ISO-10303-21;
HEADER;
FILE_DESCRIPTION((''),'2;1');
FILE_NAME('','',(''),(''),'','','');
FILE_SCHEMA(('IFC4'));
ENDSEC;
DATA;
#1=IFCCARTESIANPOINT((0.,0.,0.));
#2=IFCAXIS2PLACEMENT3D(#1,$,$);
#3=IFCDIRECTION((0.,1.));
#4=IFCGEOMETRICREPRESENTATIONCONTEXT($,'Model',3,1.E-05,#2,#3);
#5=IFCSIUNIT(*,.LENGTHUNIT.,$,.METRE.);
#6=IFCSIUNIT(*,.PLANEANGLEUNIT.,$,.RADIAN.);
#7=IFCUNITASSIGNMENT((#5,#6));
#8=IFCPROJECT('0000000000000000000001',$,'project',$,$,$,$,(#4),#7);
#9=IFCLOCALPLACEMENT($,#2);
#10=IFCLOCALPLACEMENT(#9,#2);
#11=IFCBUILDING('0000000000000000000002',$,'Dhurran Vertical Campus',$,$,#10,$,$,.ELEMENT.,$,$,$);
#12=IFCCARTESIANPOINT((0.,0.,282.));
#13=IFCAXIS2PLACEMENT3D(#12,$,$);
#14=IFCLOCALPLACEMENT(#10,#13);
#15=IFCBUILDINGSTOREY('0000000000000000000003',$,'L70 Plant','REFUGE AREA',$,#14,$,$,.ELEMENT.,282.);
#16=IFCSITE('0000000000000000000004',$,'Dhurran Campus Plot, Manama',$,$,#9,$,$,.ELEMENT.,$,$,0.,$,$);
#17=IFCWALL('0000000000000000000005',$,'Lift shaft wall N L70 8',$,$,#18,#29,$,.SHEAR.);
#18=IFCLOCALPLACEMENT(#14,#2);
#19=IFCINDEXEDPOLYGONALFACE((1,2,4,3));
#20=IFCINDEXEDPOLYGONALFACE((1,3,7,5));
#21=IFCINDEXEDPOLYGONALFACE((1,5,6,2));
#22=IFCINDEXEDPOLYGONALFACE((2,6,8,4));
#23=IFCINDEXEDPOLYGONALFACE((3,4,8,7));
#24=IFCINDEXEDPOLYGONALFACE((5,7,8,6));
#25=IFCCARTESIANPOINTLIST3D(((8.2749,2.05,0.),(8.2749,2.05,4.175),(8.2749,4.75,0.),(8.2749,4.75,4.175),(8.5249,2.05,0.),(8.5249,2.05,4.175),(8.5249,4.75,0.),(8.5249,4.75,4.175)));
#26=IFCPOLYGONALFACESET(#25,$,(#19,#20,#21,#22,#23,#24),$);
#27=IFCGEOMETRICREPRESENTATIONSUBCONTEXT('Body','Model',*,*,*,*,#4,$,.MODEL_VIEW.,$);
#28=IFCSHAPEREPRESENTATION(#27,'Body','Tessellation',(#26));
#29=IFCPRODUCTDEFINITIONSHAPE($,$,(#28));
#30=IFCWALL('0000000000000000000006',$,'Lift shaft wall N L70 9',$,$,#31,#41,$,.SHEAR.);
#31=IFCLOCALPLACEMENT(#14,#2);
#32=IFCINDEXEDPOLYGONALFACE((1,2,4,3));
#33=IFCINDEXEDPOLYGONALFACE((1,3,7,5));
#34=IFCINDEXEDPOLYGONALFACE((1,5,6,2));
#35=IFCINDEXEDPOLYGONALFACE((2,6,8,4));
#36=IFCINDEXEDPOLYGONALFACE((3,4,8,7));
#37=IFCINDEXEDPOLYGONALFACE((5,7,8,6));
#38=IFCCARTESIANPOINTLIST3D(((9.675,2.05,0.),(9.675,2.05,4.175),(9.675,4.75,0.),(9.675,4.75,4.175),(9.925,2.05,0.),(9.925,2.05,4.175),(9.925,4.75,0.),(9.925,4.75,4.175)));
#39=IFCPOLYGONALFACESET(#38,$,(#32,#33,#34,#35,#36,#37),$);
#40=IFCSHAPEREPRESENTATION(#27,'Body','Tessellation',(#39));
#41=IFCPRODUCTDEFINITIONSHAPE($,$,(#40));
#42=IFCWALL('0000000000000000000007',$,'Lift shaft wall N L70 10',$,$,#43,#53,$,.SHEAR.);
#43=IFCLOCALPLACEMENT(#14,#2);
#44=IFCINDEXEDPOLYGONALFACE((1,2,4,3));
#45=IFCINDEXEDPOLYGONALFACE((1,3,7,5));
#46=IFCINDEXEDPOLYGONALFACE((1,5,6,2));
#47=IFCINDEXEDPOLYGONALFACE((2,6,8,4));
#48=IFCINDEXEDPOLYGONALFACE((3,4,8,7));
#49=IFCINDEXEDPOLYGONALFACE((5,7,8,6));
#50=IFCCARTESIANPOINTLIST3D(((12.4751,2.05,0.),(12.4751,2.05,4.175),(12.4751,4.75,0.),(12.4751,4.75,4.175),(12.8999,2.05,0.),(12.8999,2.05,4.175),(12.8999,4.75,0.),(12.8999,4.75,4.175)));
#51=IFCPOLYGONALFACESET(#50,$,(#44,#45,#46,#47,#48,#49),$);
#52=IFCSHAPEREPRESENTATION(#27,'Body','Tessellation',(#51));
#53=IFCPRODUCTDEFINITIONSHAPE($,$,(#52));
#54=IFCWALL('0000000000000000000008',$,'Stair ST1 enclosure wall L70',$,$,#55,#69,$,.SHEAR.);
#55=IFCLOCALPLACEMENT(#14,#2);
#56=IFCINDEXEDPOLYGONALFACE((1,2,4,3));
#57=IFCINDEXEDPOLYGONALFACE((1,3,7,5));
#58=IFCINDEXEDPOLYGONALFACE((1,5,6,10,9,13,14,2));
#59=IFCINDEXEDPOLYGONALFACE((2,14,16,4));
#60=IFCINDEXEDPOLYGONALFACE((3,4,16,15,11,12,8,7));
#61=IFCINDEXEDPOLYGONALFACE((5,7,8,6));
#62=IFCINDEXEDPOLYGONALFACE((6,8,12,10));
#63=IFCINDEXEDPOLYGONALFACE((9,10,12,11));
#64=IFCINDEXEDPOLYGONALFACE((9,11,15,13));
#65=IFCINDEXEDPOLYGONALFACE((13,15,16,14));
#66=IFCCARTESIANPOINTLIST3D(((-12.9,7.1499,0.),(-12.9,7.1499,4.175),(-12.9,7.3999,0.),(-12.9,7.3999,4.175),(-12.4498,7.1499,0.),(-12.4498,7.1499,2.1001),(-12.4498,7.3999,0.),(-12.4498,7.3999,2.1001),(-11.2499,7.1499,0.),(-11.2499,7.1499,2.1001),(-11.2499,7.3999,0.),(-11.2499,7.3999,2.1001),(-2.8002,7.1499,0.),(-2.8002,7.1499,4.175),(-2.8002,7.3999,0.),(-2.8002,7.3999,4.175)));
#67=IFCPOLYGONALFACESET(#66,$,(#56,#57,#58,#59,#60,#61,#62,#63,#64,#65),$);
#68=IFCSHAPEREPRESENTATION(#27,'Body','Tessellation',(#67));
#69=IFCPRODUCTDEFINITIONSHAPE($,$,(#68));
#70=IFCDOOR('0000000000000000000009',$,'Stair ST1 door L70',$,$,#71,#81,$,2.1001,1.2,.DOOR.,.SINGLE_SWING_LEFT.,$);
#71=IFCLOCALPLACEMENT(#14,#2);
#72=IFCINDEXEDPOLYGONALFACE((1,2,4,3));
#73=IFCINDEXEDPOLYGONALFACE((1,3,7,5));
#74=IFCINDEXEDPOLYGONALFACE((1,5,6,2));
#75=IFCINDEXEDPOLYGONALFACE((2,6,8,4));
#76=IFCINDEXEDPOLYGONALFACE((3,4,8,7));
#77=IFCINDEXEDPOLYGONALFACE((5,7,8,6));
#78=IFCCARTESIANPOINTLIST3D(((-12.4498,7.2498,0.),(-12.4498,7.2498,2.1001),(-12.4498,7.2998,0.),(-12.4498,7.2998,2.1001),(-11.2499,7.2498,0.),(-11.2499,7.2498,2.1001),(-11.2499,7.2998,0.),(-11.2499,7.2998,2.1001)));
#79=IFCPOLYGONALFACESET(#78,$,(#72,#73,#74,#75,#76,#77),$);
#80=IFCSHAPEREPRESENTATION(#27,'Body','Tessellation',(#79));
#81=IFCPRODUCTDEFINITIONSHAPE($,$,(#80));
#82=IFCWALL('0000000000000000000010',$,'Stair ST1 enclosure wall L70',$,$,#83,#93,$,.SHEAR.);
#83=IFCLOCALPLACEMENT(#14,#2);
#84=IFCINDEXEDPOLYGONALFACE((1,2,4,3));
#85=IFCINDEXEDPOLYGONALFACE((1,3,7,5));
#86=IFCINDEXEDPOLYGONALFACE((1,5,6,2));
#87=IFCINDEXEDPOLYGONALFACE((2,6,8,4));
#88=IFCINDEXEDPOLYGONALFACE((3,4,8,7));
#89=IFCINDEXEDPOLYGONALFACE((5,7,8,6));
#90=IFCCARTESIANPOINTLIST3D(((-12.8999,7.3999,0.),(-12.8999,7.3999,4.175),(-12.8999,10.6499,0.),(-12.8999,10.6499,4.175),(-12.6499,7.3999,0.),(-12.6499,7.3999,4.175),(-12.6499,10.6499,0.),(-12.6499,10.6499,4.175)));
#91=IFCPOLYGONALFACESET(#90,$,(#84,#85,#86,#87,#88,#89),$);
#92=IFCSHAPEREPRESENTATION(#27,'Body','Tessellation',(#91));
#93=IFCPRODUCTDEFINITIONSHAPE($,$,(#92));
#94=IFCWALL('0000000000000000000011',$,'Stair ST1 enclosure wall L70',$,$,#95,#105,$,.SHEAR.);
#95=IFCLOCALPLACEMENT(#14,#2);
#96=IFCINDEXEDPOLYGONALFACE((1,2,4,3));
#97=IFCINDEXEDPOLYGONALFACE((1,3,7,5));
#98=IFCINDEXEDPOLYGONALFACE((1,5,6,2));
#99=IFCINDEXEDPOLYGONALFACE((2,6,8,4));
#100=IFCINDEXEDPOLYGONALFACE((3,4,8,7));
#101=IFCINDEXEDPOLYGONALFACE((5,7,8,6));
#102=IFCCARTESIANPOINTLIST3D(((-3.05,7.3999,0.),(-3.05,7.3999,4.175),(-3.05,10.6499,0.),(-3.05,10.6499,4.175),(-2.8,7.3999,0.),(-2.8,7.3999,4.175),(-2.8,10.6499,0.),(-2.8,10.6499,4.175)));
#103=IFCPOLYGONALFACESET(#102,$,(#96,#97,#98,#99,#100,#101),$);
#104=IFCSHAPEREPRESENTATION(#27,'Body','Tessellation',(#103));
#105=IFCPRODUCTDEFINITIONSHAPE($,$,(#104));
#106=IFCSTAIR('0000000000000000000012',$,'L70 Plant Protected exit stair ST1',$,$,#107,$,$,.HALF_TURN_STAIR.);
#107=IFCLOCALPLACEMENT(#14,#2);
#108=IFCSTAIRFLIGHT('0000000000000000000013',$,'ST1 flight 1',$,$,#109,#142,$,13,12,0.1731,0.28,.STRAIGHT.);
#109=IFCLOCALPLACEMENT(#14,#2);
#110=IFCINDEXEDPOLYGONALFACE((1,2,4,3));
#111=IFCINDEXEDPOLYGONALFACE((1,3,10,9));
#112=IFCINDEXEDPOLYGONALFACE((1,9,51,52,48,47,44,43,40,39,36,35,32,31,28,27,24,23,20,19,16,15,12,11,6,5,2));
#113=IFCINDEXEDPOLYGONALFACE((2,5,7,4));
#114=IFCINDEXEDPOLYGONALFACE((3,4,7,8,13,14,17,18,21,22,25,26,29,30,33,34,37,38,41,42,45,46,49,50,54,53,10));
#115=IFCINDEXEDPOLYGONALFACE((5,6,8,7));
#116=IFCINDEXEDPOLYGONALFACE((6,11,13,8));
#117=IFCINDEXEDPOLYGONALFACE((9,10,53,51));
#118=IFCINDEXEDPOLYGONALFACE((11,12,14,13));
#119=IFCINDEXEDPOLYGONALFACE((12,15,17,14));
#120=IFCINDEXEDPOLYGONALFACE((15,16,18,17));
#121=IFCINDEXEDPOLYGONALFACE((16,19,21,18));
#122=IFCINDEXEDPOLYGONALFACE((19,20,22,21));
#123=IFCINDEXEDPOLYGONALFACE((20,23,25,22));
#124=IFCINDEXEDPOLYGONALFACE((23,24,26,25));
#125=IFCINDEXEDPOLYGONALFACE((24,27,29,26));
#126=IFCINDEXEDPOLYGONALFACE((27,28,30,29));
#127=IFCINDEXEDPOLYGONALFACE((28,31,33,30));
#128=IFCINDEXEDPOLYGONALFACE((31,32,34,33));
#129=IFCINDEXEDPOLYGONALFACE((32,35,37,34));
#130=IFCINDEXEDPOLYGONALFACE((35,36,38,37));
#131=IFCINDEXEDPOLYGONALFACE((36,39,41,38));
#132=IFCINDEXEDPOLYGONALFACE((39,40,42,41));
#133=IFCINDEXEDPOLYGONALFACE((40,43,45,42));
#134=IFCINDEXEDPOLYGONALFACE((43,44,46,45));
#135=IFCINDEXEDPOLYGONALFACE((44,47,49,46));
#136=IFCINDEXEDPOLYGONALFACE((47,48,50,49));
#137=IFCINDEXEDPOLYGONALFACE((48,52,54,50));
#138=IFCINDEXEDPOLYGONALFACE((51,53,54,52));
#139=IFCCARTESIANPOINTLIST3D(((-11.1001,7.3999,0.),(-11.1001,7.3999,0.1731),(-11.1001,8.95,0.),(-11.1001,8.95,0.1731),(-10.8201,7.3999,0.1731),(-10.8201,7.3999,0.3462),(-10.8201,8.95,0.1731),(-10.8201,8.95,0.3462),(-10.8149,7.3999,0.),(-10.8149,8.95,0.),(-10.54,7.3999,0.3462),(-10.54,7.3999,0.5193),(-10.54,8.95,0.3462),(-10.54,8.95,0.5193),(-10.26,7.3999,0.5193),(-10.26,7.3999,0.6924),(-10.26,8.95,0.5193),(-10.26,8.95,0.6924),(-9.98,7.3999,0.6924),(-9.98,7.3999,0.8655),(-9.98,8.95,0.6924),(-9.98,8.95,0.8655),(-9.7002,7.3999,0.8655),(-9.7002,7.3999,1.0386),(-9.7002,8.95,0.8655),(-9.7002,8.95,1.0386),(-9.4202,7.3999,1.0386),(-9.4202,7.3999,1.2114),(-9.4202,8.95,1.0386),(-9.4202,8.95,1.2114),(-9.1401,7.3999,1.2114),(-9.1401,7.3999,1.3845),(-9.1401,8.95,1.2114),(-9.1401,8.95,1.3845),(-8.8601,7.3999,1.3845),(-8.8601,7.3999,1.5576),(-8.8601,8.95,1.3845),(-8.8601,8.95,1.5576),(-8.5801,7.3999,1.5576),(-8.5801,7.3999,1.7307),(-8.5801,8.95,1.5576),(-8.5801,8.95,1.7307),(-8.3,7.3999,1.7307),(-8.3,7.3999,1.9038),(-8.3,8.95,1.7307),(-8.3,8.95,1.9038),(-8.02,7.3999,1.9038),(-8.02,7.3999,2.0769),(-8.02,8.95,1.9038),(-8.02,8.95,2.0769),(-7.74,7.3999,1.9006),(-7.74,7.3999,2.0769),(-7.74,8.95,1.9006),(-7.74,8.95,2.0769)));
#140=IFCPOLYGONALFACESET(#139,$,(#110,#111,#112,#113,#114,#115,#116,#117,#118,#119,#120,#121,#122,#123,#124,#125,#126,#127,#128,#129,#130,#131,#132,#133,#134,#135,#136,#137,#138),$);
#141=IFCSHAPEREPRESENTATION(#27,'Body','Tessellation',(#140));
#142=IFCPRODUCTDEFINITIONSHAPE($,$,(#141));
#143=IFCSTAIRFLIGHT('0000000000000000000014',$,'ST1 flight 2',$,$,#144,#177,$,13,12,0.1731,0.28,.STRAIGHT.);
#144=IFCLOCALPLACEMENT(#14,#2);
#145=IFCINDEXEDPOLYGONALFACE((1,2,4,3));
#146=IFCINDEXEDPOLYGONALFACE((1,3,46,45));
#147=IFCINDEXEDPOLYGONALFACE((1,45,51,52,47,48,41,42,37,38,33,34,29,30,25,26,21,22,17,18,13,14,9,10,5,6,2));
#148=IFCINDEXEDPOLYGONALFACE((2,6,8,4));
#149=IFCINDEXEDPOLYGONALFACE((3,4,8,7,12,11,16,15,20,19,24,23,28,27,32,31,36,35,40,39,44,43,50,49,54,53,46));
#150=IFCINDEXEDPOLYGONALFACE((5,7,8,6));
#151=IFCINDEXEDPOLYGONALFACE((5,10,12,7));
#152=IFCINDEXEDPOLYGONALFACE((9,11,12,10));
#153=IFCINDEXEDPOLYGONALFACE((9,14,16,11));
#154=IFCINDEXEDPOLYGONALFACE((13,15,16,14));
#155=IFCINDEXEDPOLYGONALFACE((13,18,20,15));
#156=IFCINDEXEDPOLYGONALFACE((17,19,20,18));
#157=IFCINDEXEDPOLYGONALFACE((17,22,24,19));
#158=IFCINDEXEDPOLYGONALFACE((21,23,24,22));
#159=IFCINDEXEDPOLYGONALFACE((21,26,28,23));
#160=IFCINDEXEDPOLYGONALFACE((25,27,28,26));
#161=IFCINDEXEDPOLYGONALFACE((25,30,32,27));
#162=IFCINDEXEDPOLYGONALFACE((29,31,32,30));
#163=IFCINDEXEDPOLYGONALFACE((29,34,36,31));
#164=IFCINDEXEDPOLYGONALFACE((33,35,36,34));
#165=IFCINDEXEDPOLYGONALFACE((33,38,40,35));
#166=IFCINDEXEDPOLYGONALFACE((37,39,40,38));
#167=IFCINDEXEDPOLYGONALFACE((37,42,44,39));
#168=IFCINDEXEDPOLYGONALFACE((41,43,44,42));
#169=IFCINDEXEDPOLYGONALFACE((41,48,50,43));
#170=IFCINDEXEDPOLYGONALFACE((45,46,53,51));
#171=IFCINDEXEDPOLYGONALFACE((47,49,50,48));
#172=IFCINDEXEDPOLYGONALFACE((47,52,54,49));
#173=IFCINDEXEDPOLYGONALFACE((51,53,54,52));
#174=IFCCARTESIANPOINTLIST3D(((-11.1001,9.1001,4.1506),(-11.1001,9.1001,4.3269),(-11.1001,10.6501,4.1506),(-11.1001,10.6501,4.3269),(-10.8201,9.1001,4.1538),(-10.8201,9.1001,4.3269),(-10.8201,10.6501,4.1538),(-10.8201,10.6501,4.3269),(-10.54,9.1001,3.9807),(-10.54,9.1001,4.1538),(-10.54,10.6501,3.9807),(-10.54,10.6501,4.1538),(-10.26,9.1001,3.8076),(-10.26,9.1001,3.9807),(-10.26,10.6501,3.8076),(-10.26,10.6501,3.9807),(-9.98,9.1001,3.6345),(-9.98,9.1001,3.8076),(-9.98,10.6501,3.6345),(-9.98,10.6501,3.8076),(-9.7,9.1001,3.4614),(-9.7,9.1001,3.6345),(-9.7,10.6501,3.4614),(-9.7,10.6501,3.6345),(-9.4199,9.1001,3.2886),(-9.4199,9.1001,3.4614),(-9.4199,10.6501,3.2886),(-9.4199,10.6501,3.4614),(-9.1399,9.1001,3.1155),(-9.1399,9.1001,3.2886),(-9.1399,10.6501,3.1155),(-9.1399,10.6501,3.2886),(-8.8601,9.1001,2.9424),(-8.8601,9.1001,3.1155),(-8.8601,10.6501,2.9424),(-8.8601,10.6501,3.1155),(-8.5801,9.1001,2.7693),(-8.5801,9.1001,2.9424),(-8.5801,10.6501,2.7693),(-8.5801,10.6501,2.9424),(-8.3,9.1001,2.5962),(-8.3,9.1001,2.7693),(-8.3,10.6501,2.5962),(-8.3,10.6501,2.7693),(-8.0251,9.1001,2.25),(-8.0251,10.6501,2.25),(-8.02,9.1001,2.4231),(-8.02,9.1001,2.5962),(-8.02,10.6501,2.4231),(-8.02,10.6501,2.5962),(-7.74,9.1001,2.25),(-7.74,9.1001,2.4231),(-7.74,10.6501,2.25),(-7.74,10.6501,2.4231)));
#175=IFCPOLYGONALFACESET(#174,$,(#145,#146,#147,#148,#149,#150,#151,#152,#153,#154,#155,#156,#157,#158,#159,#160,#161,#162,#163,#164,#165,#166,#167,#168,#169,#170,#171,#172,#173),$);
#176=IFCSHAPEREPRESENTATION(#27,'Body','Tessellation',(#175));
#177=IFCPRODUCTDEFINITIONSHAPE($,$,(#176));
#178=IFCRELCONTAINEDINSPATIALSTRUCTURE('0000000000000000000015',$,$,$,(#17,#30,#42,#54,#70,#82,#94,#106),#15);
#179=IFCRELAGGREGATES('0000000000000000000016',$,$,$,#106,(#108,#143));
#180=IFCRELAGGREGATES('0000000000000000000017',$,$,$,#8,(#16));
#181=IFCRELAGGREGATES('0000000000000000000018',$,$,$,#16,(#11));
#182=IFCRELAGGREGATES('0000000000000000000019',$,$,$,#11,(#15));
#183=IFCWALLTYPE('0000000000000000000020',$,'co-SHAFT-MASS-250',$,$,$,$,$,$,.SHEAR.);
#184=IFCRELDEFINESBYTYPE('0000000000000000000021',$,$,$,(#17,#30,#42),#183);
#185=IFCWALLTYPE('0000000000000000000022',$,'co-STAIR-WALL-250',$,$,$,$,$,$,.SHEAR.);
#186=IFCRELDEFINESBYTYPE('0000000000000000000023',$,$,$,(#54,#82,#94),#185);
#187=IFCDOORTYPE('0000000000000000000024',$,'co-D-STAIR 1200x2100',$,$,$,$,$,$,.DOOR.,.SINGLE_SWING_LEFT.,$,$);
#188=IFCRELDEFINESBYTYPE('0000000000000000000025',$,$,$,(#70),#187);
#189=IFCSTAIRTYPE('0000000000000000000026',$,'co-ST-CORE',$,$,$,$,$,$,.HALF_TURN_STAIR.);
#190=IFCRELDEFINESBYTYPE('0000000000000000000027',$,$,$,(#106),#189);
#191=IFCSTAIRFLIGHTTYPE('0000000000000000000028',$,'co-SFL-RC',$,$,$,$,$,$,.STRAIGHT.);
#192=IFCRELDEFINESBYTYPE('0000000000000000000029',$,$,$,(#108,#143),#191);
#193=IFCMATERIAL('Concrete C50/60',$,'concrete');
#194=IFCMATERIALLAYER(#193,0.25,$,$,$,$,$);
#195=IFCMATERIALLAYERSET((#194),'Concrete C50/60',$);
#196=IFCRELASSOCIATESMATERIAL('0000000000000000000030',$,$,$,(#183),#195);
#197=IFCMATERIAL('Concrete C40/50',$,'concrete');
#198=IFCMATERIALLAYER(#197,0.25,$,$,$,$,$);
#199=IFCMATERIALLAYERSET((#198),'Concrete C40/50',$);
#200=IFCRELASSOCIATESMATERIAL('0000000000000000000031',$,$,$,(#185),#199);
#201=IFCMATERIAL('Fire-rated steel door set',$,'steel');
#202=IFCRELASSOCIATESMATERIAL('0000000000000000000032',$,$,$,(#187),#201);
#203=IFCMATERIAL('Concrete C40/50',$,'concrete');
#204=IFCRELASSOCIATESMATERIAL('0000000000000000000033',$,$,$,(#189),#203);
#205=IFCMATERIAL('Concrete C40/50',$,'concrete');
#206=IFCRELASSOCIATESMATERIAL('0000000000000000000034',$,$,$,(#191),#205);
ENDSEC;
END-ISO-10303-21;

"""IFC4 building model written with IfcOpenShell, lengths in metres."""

from ifc_helpers import new_model, si_unit, direction, frame, frame_2d, origin, place, context, subcontext, project, spatial, polyline, rectangle, outline, extrude, material, layer, layer_set, type_object, element, fill, aggregate, save


model = new_model("IFC4")

# Units and contexts
model_context = context("Model", 3, precision=1e-05, world=origin(), true_north=direction((0.0, 1.0)))
body_context = subcontext(model_context, "Body", "Model", "MODEL_VIEW")
ifc_project = project(units=[si_unit("LENGTHUNIT", "METRE"), si_unit("PLANEANGLEUNIT", "RADIAN")], contexts=[model_context])

# Site, building, storey
site_placement = place(None, origin())
site = spatial("IfcSite", under=ifc_project, at=site_placement, Name="Dhurran Campus Plot, Manama", CompositionType="ELEMENT", RefElevation=0.0)
building_placement = place(site_placement, origin())
building = spatial("IfcBuilding", under=site, at=building_placement, Name="Dhurran Vertical Campus", CompositionType="ELEMENT")
storey_placement = place(building_placement, frame((0.0, 0.0, 282.0)))
storey = spatial("IfcBuildingStorey", under=building, at=storey_placement, Name="L70 Plant", Description="REFUGE AREA", CompositionType="ELEMENT", Elevation=282.0)

# Walls
ifc_material_1 = material(Name="Concrete C50/60", Category="concrete")
ifc_layer_1 = layer(ifc_material_1, 0.25)
ifc_layer_set_1 = layer_set([ifc_layer_1], Name="Concrete C50/60")
wall_type_1 = type_object("IfcWallType", Name="co-SHAFT-MASS-250", PredefinedType="SHEAR", material=ifc_layer_set_1)
wall_1_placement = place(storey_placement, origin())
element("IfcWall", 1, at=wall_1_placement, inside=storey, type_object=wall_type_1, Name="Lift shaft wall N L70 8", PredefinedType="SHEAR", context=body_context, shape_type="SweptSolid", body=[
    extrude(outline(polyline([(8.2749, 2.05), (8.5249, 2.05), (8.5249, 4.75), (8.2749, 4.75), (8.2749, 2.05)])), origin(), (0.0, 0.0, 1.0), 4.175),
])
wall_2_placement = place(storey_placement, origin())
element("IfcWall", 2, at=wall_2_placement, inside=storey, type_object=wall_type_1, Name="Lift shaft wall N L70 9", PredefinedType="SHEAR", context=body_context, shape_type="SweptSolid", body=[
    extrude(outline(polyline([(9.675, 2.05), (9.925, 2.05), (9.925, 4.75), (9.675, 4.75), (9.675, 2.05)])), origin(), (0.0, 0.0, 1.0), 4.175),
])
wall_3_placement = place(storey_placement, origin())
element("IfcWall", 3, at=wall_3_placement, inside=storey, type_object=wall_type_1, Name="Lift shaft wall N L70 10", PredefinedType="SHEAR", context=body_context, shape_type="SweptSolid", body=[
    extrude(outline(polyline([(12.4751, 2.05), (12.8999, 2.05), (12.8999, 4.75), (12.4751, 4.75), (12.4751, 2.05)])), origin(), (0.0, 0.0, 1.0), 4.175),
])

# Wall, opening, door
ifc_material_2 = material(Name="Concrete C40/50", Category="concrete")
ifc_layer_2 = layer(ifc_material_2, 0.25)
ifc_layer_set_2 = layer_set([ifc_layer_2], Name="Concrete C40/50")
wall_type_2 = type_object("IfcWallType", Name="co-STAIR-WALL-250", PredefinedType="SHEAR", material=ifc_layer_set_2)
wall_4_placement = place(storey_placement, frame((-12.8999, 7.2749, 0.0), z_axis=(0.0, 0.0, 1.0), x_axis=(1.0, 0.0, 0.0)))
wall_4 = element("IfcWall", 4, at=wall_4_placement, inside=storey, type_object=wall_type_2, Name="Stair ST1 enclosure wall L70", PredefinedType="SHEAR", context=body_context, shape_type="SweptSolid", body=[
    extrude(rectangle(XDim=10.0999, YDim=0.25, at=frame_2d((5.0498, 0.0))), origin(), (0.0, 0.0, 1.0), 4.175),
])
opening_1_placement = place(wall_4_placement, frame((0.45, 0.0, 0.0)))
opening_1 = element("IfcOpeningElement", 5, at=opening_1_placement, cuts=wall_4, PredefinedType="OPENING", context=body_context, shape_type="SweptSolid", body=[
    extrude(rectangle(XDim=1.2, YDim=2.1001, at=frame_2d((0.6001, 1.05))), frame((0.0, 0.135, 0.0), z_axis=(0.0, -1.0, 0.0), x_axis=(1.0, 0.0, 0.0)), (0.0, 0.0, 1.0), 0.27),
])
ifc_material_3 = material(Name="Fire-rated steel door set", Category="steel")
door_type_1 = type_object("IfcDoorType", Name="co-D-STAIR 1200x2100", OperationType="SINGLE_SWING_LEFT", PredefinedType="DOOR", material=ifc_material_3)
door_1_placement = place(opening_1_placement, origin())
door_1 = element("IfcDoor", 6, at=door_1_placement, inside=storey, type_object=door_type_1, Name="Stair ST1 door L70", OperationType="SINGLE_SWING_LEFT", OverallHeight=2.1001, OverallWidth=1.2, PredefinedType="DOOR", context=body_context, shape_type="SweptSolid", body=[
    extrude(rectangle(XDim=1.2, YDim=2.1001, at=frame_2d((0.6001, 1.05))), frame((0.0, 0.0249, 0.0), z_axis=(0.0, -1.0, 0.0), x_axis=(1.0, 0.0, 0.0)), (0.0, 0.0, 1.0), 0.05),
])
fill(opening_1, door_1)

# Walls
for number, where, z_axis, x_axis, name in (
    (7, (-12.7749, 7.3999, 0.0), (0.0, 0.0, 1.0), (0.0, 1.0, 0.0), "Stair ST1 enclosure wall L70"),
    (8, (-2.925, 7.3999, 0.0), (0.0, 0.0, 1.0), (0.0, 1.0, 0.0), "Stair ST1 enclosure wall L70"),
):
    element("IfcWall", number, at=place(storey_placement, frame(where, z_axis=z_axis, x_axis=x_axis)), inside=storey, type_object=wall_type_2, Name=name, PredefinedType="SHEAR", context=body_context, shape_type="SweptSolid", body=[
        extrude(rectangle(XDim=3.25, YDim=0.25, at=frame_2d((1.625, 0.0))), origin(), (0.0, 0.0, 1.0), 4.175),
    ])

# Stair, stair flights
ifc_material_4 = material(Name="Concrete C40/50", Category="concrete")
stair_type = type_object("IfcStairType", Name="co-ST-CORE", PredefinedType="HALF_TURN_STAIR", material=ifc_material_4)
stair_placement = place(storey_placement, origin())
stair = element("IfcStair", 9, at=stair_placement, inside=storey, type_object=stair_type, Name="L70 Plant Protected exit stair ST1", PredefinedType="HALF_TURN_STAIR")
ifc_material_5 = material(Name="Concrete C40/50", Category="concrete")
stair_flight_type = type_object("IfcStairFlightType", Name="co-SFL-RC", PredefinedType="STRAIGHT", material=ifc_material_5)
stair_flight_1_placement = place(storey_placement, frame((-11.1001, 8.175, 0.0), z_axis=(0.0, 0.0, 1.0), x_axis=(1.0, 0.0, 0.0)))
stair_flight_1 = element("IfcStairFlight", 10, at=stair_flight_1_placement, type_object=stair_flight_type, Name="ST1 flight 1", NumberOfRisers=13, NumberOfTreads=12, PredefinedType="STRAIGHT", RiserHeight=0.1731, TreadLength=0.28, context=body_context, shape_type="SweptSolid", body=[
    extrude(outline(polyline([(0.0, 0.0), (0.0, 0.1731), (0.28, 0.1731), (0.28, 0.3462), (0.5601, 0.3462), (0.5601, 0.5193), (0.8401, 0.5193), (0.8401, 0.6924), (1.1201, 0.6924), (1.1201, 0.8655), (1.3999, 0.8655), (1.3999, 1.0386), (1.6799, 1.0386), (1.6799, 1.2114), (1.96, 1.2114), (1.96, 1.3845), (2.24, 1.3845), (2.24, 1.5576), (2.52, 1.5576), (2.52, 1.7307), (2.8, 1.7307), (2.8, 1.9038), (3.0801, 1.9038), (3.0801, 2.0769), (3.3601, 2.0769), (3.3601, 2.25), (3.3601, 1.9006), (0.2852, 0.0), (0.0, 0.0)])), frame((0.0, 0.7749, 0.0), z_axis=(0.0, -1.0, 0.0), x_axis=(1.0, 0.0, 0.0)), (0.0, 0.0, 1.0), 1.55),
])
stair_flight_2_placement = place(storey_placement, frame((-7.74, 9.875, 2.25), z_axis=(0.0, 0.0, 1.0), x_axis=(-1.0, 0.0, 0.0)))
stair_flight_2 = element("IfcStairFlight", 11, at=stair_flight_2_placement, type_object=stair_flight_type, Name="ST1 flight 2", NumberOfRisers=13, NumberOfTreads=12, PredefinedType="STRAIGHT", RiserHeight=0.1731, TreadLength=0.28, context=body_context, shape_type="SweptSolid", body=[
    extrude(outline(polyline([(0.0, 0.0), (0.0, 0.1731), (0.28, 0.1731), (0.28, 0.3462), (0.5601, 0.3462), (0.5601, 0.5193), (0.8401, 0.5193), (0.8401, 0.6924), (1.1201, 0.6924), (1.1201, 0.8655), (1.3999, 0.8655), (1.3999, 1.0386), (1.6799, 1.0386), (1.6799, 1.2114), (1.96, 1.2114), (1.96, 1.3845), (2.24, 1.3845), (2.24, 1.5576), (2.52, 1.5576), (2.52, 1.7307), (2.8, 1.7307), (2.8, 1.9038), (3.0801, 1.9038), (3.0801, 2.0769), (3.3601, 2.0769), (3.3601, 2.25), (3.3601, 1.9006), (0.2852, 0.0), (0.0, 0.0)])), frame((0.0, 0.7749, 0.0), z_axis=(0.0, -1.0, 0.0), x_axis=(1.0, 0.0, 0.0)), (0.0, 0.0, 1.0), 1.55),
])
aggregate(stair, [stair_flight_1, stair_flight_2])

save(model, "model.ifc")
